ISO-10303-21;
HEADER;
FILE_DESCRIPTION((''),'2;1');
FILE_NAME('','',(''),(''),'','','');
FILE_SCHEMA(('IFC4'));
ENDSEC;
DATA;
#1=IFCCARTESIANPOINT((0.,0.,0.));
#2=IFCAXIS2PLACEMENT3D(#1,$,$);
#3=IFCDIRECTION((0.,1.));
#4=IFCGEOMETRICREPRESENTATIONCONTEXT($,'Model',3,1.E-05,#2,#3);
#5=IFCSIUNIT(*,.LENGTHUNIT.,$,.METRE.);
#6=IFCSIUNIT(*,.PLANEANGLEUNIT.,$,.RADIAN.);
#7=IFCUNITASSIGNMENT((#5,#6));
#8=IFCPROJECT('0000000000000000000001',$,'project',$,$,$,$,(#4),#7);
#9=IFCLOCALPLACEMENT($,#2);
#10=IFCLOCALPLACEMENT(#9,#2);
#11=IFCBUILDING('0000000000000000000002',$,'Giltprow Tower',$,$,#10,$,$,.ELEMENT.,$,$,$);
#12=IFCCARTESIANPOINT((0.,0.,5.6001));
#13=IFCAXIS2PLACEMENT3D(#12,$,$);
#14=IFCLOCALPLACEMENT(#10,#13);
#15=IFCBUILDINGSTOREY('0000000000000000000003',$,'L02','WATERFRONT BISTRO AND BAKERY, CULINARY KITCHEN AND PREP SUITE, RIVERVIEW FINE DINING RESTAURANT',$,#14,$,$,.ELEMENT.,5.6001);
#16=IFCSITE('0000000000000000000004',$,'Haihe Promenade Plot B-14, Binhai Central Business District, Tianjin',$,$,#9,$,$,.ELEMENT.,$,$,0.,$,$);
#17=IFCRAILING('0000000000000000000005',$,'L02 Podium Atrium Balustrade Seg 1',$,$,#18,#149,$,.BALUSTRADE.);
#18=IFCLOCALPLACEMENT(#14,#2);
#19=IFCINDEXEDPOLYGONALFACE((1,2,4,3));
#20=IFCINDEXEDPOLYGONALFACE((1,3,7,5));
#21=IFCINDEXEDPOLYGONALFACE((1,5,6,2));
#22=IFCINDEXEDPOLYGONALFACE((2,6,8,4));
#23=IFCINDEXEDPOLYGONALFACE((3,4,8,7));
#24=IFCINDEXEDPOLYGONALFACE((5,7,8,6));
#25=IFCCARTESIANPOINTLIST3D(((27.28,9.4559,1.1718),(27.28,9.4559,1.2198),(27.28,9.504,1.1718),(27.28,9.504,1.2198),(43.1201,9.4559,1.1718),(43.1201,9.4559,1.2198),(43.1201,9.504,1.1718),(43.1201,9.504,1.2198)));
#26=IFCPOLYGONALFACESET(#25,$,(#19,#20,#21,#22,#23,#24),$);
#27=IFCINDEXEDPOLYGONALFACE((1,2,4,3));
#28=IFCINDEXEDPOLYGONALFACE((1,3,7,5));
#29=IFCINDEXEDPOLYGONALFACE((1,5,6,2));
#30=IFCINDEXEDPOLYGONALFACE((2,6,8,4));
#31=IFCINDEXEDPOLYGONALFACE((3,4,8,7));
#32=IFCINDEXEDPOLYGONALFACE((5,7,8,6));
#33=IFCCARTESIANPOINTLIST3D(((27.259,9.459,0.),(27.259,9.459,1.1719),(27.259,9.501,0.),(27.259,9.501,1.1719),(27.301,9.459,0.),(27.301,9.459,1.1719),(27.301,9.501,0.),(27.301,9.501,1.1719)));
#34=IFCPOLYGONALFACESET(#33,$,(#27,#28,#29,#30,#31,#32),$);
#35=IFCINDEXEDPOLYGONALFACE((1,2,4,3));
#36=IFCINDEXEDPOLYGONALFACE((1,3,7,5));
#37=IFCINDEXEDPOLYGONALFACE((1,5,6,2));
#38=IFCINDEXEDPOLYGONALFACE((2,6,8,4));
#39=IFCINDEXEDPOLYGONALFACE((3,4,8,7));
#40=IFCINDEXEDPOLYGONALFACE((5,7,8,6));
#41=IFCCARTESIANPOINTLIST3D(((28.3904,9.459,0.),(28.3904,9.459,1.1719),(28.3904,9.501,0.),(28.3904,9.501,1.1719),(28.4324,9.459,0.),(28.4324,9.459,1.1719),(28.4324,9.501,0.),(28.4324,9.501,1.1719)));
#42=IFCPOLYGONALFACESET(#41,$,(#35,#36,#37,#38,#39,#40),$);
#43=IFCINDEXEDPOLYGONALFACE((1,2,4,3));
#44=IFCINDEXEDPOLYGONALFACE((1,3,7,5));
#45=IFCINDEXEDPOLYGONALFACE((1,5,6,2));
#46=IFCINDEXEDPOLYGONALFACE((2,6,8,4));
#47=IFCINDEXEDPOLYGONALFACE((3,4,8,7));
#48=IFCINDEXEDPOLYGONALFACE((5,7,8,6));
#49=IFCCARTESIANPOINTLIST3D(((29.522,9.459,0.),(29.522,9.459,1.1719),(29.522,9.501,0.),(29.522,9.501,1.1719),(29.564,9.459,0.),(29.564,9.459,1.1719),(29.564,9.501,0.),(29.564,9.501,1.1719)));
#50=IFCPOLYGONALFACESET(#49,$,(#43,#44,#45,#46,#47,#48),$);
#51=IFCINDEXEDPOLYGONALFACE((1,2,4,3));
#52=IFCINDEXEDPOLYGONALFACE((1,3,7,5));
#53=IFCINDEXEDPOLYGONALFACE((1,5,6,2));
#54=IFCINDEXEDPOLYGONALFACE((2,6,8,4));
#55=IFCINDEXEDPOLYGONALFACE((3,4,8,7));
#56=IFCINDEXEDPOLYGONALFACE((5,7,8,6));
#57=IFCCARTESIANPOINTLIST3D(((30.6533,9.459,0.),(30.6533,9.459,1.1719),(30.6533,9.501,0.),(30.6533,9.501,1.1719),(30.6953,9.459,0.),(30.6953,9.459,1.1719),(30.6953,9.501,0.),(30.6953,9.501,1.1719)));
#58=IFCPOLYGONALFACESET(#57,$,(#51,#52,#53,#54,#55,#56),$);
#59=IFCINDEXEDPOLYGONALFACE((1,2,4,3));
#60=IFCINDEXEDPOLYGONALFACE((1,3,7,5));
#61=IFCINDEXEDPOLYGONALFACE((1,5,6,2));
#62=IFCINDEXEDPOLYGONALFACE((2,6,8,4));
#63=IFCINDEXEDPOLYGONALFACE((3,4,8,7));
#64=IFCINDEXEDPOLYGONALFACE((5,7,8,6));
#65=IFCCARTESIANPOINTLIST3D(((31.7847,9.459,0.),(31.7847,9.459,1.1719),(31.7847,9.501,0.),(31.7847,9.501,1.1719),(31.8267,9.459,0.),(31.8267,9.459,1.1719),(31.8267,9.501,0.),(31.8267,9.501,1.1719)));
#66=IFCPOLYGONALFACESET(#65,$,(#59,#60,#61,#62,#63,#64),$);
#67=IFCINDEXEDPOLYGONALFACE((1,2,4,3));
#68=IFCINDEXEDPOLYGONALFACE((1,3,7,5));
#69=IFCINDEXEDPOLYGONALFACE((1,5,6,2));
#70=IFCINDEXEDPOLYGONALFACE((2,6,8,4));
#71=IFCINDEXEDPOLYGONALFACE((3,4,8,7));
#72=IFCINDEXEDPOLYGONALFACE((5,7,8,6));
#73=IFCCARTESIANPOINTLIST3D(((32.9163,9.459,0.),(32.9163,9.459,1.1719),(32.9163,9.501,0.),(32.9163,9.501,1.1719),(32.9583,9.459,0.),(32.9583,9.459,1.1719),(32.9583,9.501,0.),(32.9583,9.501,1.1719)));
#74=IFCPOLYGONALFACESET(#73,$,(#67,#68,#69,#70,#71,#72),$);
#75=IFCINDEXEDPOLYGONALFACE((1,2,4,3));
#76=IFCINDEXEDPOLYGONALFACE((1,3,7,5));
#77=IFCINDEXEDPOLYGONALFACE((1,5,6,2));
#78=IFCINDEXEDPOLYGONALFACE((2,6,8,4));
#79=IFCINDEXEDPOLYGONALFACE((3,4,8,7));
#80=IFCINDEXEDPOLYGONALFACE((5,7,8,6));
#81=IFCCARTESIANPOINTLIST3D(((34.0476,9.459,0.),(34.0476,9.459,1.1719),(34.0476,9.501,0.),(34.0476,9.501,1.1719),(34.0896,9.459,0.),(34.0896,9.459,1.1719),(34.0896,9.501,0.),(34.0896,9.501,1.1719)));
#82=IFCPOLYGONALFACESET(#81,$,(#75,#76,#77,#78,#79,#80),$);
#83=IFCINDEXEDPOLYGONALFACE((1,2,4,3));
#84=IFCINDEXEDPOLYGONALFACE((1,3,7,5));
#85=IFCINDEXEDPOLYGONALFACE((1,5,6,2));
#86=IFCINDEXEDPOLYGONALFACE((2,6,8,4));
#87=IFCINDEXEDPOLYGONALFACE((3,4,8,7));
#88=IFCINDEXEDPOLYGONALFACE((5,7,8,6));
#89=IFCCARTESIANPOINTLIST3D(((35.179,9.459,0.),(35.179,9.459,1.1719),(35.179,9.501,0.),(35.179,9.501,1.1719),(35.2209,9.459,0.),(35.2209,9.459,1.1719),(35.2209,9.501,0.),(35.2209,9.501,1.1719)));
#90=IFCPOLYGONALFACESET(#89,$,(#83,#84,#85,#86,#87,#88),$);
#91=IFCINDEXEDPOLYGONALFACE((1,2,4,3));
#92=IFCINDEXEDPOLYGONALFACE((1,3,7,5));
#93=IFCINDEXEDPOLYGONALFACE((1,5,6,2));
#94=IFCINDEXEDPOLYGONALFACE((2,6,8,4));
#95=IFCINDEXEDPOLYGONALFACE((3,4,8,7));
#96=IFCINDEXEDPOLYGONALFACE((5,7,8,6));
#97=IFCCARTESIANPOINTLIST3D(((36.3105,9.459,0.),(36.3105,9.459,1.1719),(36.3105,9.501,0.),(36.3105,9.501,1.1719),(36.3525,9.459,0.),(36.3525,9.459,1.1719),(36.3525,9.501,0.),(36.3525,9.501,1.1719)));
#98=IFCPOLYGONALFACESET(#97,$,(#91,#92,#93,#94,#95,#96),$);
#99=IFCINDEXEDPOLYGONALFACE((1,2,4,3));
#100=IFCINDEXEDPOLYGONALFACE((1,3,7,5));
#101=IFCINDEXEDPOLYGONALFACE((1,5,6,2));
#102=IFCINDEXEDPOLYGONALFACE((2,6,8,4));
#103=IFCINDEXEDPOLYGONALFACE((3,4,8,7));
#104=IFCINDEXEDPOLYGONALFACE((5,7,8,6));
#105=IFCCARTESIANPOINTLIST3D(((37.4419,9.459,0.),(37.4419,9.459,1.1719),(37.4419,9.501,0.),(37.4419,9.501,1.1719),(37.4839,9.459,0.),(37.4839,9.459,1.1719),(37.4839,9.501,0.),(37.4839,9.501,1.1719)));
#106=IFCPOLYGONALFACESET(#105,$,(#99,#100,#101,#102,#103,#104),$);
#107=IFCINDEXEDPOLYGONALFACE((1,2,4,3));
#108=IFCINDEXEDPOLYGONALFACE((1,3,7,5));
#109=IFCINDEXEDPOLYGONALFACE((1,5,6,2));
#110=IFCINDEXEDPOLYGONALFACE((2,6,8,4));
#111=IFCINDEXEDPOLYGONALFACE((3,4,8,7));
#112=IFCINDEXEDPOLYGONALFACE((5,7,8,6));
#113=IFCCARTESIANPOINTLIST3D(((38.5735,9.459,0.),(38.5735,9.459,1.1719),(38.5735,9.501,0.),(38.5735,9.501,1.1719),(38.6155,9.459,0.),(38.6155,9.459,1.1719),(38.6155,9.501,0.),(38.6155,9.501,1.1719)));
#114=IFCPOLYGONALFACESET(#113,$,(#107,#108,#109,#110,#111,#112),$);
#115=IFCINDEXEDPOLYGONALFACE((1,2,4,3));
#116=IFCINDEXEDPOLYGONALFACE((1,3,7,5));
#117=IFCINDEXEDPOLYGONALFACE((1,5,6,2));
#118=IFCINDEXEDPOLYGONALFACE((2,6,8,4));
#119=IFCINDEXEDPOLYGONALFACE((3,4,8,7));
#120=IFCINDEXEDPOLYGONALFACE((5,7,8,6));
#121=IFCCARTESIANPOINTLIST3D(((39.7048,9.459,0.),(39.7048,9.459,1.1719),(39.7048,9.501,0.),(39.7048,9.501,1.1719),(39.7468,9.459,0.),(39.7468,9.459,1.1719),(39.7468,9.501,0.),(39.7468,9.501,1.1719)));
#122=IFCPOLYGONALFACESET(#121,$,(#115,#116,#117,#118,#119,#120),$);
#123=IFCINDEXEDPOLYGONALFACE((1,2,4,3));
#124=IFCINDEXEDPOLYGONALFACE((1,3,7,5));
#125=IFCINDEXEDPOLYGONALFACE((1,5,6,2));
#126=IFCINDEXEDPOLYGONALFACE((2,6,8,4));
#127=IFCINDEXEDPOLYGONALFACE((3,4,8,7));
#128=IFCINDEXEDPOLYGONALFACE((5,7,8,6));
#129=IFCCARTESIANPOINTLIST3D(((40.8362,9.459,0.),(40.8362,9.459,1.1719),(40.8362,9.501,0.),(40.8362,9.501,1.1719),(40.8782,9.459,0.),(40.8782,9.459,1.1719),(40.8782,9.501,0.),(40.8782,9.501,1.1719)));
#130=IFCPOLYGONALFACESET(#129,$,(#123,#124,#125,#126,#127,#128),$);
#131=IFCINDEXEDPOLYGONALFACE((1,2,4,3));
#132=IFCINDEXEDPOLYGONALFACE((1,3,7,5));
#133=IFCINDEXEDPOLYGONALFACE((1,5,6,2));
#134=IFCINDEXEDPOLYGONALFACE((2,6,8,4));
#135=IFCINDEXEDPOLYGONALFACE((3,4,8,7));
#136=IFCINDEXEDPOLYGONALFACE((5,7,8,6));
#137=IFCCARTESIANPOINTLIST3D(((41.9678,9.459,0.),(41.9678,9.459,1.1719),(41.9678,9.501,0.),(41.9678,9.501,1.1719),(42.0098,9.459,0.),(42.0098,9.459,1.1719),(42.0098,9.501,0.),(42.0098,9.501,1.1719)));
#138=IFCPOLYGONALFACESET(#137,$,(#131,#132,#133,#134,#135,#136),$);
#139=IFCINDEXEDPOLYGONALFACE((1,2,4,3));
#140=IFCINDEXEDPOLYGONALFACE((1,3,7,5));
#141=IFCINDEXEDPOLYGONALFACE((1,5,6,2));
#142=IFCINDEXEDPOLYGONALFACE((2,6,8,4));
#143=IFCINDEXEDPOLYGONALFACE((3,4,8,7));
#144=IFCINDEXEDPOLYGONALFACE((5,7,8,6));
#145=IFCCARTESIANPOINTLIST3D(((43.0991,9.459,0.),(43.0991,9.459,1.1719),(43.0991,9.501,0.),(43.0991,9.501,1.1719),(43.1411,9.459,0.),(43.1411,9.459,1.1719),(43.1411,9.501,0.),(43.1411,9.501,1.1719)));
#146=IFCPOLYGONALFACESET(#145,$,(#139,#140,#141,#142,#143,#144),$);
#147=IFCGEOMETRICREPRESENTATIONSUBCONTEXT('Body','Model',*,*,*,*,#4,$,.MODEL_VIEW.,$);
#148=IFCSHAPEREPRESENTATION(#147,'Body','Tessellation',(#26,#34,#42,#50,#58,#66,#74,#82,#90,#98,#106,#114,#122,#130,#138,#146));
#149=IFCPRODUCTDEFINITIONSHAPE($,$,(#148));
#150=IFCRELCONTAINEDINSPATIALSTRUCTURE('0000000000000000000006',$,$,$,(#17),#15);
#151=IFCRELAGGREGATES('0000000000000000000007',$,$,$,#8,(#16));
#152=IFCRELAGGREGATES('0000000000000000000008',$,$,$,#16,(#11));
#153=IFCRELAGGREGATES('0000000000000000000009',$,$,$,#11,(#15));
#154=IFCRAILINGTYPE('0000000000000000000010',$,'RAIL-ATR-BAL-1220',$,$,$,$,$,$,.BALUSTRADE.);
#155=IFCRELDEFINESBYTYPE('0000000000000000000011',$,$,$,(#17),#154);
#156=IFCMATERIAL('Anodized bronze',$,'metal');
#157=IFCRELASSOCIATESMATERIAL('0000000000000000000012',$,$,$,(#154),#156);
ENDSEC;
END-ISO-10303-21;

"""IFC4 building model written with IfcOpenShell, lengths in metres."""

from ifc_helpers import new_model, si_unit, direction, frame, origin, origin_2d, place, context, subcontext, project, spatial, rectangle, extrude, material, type_object, element, save


model = new_model("IFC4")

# Units and contexts
model_context = context("Model", 3, precision=1e-05, world=origin(), true_north=direction((0.0, 1.0)))
body_context = subcontext(model_context, "Body", "Model", "MODEL_VIEW")
ifc_project = project(units=[si_unit("LENGTHUNIT", "METRE"), si_unit("PLANEANGLEUNIT", "RADIAN")], contexts=[model_context])

# Site, building, storey
site_placement = place(None, origin())
site = spatial("IfcSite", under=ifc_project, at=site_placement, Name="Haihe Promenade Plot B-14, Binhai Central Business District, Tianjin", CompositionType="ELEMENT", RefElevation=0.0)
building_placement = place(site_placement, origin())
building = spatial("IfcBuilding", under=site, at=building_placement, Name="Giltprow Tower", CompositionType="ELEMENT")
storey_placement = place(building_placement, frame((0.0, 0.0, 5.6001)))
storey = spatial("IfcBuildingStorey", under=building, at=storey_placement, Name="L02", Description="WATERFRONT BISTRO AND BAKERY, CULINARY KITCHEN AND PREP SUITE, RIVERVIEW FINE DINING RESTAURANT", CompositionType="ELEMENT", Elevation=5.6001)

# Railing
ifc_material_1 = material(Name="Anodized bronze", Category="metal")
railing_type = type_object("IfcRailingType", Name="RAIL-ATR-BAL-1220", PredefinedType="BALUSTRADE", material=ifc_material_1)
railing_1_placement = place(storey_placement, frame((27.28, 9.48, 0.0)))
element("IfcRailing", 1, at=railing_1_placement, inside=storey, type_object=railing_type, Name="L02 Podium Atrium Balustrade Seg 1", PredefinedType="BALUSTRADE", context=body_context, shape_type="SweptSolid", body=[
    extrude(rectangle(XDim=0.0481, YDim=0.0481, at=origin_2d()), frame((0.0, 0.0, 1.1958), z_axis=(1.0, 0.0, 0.0), x_axis=(0.0, 1.0, 0.0)), (0.0, 0.0, 1.0), 15.8401),
    extrude(rectangle(XDim=0.042, YDim=0.042, at=origin_2d()), origin(), (0.0, 0.0, 1.0), 1.1719),
    extrude(rectangle(XDim=0.042, YDim=0.042, at=origin_2d()), frame((1.1313, 0.0, 0.0)), (0.0, 0.0, 1.0), 1.1719),
    extrude(rectangle(XDim=0.042, YDim=0.042, at=origin_2d()), frame((2.2629, 0.0, 0.0)), (0.0, 0.0, 1.0), 1.1719),
    extrude(rectangle(XDim=0.042, YDim=0.042, at=origin_2d()), frame((3.3943, 0.0, 0.0)), (0.0, 0.0, 1.0), 1.1719),
    extrude(rectangle(XDim=0.042, YDim=0.042, at=origin_2d()), frame((4.5256, 0.0, 0.0)), (0.0, 0.0, 1.0), 1.1719),
    extrude(rectangle(XDim=0.042, YDim=0.042, at=origin_2d()), frame((5.6572, 0.0, 0.0)), (0.0, 0.0, 1.0), 1.1719),
    extrude(rectangle(XDim=0.042, YDim=0.042, at=origin_2d()), frame((6.7886, 0.0, 0.0)), (0.0, 0.0, 1.0), 1.1719),
    extrude(rectangle(XDim=0.042, YDim=0.042, at=origin_2d()), frame((7.9199, 0.0, 0.0)), (0.0, 0.0, 1.0), 1.1719),
    extrude(rectangle(XDim=0.042, YDim=0.042, at=origin_2d()), frame((9.0515, 0.0, 0.0)), (0.0, 0.0, 1.0), 1.1719),
    extrude(rectangle(XDim=0.042, YDim=0.042, at=origin_2d()), frame((10.1829, 0.0, 0.0)), (0.0, 0.0, 1.0), 1.1719),
    extrude(rectangle(XDim=0.042, YDim=0.042, at=origin_2d()), frame((11.3145, 0.0, 0.0)), (0.0, 0.0, 1.0), 1.1719),
    extrude(rectangle(XDim=0.042, YDim=0.042, at=origin_2d()), frame((12.4458, 0.0, 0.0)), (0.0, 0.0, 1.0), 1.1719),
    extrude(rectangle(XDim=0.042, YDim=0.042, at=origin_2d()), frame((13.5771, 0.0, 0.0)), (0.0, 0.0, 1.0), 1.1719),
    extrude(rectangle(XDim=0.042, YDim=0.042, at=origin_2d()), frame((14.7087, 0.0, 0.0)), (0.0, 0.0, 1.0), 1.1719),
    extrude(rectangle(XDim=0.042, YDim=0.042, at=origin_2d()), frame((15.8401, 0.0, 0.0)), (0.0, 0.0, 1.0), 1.1719),
])

save(model, "model.ifc")
